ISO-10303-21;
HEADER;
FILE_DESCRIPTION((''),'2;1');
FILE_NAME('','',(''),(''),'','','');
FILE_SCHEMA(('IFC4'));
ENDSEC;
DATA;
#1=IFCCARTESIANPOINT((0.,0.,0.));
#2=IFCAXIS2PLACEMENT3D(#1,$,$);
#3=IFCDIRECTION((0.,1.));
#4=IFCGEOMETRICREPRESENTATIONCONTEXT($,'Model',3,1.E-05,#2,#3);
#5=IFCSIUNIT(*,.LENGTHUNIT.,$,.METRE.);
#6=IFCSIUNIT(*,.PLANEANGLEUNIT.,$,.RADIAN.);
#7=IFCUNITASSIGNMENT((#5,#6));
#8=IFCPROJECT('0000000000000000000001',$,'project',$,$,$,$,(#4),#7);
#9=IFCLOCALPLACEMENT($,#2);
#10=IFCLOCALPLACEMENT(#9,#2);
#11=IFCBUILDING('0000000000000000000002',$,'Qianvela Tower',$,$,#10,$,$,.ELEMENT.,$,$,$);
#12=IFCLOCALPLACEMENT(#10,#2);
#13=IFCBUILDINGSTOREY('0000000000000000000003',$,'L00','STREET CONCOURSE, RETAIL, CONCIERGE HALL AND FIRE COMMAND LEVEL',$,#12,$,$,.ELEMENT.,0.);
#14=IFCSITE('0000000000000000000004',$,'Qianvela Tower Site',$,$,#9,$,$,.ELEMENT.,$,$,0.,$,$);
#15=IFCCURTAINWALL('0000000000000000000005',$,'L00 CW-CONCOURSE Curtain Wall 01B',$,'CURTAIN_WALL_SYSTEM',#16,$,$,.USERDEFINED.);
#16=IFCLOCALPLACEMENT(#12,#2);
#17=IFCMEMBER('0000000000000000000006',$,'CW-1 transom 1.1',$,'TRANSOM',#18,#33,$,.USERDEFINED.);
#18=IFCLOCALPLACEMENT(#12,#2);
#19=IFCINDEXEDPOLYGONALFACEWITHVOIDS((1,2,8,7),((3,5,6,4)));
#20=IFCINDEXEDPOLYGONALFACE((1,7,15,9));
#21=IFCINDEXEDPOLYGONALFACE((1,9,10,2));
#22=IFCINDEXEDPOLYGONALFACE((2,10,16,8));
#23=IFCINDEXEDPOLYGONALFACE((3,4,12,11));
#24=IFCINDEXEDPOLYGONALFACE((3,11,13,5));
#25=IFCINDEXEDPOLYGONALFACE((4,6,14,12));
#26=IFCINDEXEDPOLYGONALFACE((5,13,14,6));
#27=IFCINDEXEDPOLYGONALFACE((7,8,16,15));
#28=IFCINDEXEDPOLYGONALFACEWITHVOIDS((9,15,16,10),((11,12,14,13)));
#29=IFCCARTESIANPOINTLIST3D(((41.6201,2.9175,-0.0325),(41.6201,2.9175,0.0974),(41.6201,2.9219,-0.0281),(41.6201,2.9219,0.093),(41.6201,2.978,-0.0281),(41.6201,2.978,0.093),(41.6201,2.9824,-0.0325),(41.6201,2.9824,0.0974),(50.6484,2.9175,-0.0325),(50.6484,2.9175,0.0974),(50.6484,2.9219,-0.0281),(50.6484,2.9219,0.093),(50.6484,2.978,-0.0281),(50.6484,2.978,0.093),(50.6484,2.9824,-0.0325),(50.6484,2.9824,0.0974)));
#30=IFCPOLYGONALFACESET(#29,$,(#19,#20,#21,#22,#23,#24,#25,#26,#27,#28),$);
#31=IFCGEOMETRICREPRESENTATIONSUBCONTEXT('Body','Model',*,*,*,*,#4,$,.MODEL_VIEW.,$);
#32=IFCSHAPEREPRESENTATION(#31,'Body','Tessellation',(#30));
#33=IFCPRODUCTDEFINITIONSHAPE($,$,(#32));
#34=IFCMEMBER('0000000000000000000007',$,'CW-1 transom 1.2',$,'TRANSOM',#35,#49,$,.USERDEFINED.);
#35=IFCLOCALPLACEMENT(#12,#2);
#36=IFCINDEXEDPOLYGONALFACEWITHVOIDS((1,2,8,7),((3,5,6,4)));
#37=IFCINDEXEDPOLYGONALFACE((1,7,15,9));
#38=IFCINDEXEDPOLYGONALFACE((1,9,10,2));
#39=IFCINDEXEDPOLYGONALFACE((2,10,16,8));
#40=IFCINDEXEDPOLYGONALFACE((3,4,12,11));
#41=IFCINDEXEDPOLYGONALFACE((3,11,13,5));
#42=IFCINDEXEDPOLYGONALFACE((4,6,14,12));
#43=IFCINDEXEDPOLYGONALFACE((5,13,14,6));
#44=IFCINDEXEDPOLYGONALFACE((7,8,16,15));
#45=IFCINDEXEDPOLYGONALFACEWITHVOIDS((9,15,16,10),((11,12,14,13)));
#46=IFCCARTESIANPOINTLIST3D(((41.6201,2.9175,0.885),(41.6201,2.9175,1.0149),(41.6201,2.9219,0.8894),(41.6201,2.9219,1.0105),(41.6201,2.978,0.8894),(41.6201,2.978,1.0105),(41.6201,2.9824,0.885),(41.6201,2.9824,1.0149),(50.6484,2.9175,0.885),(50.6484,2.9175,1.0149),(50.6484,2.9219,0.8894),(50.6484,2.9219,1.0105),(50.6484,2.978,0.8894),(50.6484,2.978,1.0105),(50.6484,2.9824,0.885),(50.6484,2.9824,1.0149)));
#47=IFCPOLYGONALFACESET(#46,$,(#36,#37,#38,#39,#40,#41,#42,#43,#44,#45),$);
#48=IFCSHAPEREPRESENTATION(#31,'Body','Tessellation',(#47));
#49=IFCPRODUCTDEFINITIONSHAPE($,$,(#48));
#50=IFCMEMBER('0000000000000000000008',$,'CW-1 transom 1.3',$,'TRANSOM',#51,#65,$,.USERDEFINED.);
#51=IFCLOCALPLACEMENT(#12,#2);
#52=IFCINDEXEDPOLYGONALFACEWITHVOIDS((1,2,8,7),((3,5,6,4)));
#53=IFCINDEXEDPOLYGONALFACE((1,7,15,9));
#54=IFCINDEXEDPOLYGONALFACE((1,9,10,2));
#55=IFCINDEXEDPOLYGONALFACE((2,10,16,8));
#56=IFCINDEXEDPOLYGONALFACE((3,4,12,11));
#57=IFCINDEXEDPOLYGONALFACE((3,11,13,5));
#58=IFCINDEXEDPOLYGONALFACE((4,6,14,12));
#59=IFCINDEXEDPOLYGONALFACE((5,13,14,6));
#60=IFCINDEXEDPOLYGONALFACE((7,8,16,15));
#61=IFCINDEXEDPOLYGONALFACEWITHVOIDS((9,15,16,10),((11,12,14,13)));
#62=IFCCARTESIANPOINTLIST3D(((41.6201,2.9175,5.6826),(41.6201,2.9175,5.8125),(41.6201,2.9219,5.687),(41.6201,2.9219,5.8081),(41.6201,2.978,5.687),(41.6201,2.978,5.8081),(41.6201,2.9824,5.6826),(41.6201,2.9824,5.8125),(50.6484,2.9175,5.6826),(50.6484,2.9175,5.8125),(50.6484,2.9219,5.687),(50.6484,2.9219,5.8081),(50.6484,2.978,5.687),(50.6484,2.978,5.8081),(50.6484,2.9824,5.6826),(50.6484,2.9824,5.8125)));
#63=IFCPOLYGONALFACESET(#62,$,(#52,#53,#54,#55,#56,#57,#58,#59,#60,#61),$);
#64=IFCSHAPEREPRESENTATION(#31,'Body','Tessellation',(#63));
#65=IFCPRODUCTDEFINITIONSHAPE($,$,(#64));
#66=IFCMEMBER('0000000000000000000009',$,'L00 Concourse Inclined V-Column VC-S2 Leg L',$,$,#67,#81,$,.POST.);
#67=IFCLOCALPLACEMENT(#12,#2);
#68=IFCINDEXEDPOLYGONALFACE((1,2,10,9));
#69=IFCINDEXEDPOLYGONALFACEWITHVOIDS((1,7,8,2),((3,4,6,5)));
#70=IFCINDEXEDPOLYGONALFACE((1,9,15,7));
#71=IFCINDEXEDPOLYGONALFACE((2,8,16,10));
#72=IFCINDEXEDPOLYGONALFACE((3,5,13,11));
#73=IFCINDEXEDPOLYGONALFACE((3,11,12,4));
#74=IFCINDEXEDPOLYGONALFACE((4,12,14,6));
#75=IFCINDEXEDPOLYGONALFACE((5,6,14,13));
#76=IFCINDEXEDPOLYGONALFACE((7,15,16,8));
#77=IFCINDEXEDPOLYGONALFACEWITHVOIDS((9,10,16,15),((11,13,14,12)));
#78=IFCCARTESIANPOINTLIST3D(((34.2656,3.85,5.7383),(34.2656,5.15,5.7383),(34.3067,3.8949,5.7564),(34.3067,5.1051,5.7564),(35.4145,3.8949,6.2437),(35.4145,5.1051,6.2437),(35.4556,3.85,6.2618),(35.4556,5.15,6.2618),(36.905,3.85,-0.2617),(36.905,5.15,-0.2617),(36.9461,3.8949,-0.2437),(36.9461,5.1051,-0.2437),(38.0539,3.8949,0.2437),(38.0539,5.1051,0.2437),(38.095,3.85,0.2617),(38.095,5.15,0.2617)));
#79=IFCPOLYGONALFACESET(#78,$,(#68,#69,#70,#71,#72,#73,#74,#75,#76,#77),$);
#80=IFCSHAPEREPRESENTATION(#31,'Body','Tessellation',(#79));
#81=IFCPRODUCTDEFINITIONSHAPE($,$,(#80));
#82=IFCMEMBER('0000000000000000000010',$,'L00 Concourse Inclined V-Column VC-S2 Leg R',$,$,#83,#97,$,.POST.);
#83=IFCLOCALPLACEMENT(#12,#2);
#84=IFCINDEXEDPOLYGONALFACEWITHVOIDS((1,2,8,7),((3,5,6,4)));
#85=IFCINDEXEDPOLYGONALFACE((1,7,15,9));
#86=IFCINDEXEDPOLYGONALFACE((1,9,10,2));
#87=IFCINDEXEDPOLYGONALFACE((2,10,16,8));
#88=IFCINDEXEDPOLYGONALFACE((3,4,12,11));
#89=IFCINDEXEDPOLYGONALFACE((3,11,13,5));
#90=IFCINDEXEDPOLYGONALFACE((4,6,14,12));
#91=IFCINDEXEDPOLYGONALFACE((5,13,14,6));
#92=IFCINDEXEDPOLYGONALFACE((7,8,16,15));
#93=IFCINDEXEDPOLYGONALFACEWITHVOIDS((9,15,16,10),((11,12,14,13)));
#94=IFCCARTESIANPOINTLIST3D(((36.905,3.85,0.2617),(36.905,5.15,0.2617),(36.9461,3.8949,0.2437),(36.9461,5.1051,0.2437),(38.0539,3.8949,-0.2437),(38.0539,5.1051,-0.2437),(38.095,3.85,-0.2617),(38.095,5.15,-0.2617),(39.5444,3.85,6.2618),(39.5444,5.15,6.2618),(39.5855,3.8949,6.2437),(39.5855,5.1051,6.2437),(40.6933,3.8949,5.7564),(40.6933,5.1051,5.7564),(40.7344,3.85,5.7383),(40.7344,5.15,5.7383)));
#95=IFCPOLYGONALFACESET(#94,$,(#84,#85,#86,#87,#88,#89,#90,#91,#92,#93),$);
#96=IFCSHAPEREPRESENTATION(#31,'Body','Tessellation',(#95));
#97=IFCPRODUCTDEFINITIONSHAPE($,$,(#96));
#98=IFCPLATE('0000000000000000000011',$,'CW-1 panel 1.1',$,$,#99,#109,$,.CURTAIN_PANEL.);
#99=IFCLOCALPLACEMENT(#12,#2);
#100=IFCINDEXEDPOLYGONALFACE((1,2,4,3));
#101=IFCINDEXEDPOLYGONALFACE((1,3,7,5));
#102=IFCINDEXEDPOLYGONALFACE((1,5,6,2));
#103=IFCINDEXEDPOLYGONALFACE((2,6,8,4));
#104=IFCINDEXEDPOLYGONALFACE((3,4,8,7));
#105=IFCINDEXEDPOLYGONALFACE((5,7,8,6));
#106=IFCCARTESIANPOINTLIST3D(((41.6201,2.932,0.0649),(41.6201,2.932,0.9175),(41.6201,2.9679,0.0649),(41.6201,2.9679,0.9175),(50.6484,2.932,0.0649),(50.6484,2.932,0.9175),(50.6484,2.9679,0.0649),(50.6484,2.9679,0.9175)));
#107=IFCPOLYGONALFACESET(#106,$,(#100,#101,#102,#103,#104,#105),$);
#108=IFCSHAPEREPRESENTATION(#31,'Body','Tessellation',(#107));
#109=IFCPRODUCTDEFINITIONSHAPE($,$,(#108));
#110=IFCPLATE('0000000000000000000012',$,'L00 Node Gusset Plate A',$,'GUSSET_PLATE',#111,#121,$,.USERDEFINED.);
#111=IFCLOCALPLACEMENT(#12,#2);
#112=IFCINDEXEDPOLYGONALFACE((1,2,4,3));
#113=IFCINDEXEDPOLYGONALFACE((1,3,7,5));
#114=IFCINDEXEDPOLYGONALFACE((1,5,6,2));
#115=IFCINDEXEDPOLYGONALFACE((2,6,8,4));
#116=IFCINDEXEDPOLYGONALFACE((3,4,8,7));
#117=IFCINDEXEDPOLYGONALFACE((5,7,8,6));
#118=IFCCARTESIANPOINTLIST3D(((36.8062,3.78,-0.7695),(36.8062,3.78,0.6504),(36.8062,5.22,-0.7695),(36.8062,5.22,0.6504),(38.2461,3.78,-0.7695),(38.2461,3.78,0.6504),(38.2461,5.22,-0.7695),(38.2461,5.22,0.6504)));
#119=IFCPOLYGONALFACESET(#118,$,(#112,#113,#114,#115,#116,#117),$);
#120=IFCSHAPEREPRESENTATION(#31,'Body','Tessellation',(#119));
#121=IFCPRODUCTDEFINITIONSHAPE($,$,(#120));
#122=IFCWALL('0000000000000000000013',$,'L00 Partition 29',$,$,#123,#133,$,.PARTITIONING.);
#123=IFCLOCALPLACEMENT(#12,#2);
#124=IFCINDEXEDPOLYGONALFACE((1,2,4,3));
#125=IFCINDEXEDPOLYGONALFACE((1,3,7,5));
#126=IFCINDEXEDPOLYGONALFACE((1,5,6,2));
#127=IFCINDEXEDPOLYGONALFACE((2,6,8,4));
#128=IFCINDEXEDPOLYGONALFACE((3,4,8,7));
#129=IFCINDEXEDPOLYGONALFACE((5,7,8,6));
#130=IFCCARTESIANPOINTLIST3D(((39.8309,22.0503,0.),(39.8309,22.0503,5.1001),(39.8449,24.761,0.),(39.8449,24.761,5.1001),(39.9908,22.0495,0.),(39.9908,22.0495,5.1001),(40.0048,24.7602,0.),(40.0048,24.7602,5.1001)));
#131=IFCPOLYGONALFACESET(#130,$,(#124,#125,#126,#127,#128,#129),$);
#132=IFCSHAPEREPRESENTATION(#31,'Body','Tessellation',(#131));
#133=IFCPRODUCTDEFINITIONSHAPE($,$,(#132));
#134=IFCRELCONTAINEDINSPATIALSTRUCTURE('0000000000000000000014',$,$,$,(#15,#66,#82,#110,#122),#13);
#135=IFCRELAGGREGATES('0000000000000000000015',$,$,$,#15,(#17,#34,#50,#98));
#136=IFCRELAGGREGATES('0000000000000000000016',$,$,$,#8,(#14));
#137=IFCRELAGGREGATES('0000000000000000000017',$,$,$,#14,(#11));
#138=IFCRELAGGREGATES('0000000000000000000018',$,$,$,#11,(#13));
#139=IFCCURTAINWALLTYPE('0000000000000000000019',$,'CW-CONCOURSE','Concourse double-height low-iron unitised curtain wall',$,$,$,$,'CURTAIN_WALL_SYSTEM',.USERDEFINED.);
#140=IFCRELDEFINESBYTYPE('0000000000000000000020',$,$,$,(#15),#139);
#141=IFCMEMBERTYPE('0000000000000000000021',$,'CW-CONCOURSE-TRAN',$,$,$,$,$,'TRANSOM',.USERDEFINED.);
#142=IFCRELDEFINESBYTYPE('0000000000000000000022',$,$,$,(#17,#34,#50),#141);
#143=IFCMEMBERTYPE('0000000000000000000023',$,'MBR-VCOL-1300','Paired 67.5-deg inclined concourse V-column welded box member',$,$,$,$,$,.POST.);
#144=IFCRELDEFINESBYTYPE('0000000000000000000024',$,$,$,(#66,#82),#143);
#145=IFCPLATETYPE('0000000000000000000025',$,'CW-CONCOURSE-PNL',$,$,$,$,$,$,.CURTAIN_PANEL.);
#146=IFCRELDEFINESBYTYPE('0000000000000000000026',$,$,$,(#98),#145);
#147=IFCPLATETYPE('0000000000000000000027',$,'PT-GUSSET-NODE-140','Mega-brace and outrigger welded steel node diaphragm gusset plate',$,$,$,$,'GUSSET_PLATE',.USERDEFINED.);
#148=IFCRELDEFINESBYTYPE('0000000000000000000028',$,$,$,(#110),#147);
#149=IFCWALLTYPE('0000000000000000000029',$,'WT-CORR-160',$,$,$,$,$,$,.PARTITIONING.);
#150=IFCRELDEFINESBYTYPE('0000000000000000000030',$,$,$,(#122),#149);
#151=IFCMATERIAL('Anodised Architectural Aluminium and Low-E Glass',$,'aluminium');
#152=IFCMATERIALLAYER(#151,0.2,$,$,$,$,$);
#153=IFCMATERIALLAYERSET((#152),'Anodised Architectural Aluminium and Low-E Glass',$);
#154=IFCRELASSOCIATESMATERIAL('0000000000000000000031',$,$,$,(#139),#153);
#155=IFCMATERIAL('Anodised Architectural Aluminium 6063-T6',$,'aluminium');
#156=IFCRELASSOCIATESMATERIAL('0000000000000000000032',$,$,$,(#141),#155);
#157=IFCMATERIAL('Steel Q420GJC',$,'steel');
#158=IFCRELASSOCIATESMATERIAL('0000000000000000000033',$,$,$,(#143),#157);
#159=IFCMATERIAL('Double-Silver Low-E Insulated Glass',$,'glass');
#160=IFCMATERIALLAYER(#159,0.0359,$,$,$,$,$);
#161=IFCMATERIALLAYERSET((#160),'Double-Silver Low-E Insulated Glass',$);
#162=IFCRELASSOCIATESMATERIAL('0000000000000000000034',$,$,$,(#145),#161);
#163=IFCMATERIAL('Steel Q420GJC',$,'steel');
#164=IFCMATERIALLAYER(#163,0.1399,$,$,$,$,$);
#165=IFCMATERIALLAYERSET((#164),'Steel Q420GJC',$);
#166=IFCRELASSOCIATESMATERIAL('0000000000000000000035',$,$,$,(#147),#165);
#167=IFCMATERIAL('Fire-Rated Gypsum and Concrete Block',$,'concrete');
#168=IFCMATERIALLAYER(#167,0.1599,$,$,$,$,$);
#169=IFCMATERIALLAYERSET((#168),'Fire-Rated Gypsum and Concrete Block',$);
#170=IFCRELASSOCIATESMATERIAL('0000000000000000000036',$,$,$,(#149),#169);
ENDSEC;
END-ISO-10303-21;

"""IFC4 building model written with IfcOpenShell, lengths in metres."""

from ifc_helpers import new_model, si_unit, direction, frame, frame_2d, origin, origin_2d, place, context, subcontext, project, spatial, rectangle, hollow_rectangle, extrude, material, layer, layer_set, material_profile, profile_set, type_object, element, aggregate, save


model = new_model("IFC4")

# Units and contexts
model_context = context("Model", 3, precision=1e-05, world=origin(), true_north=direction((0.0, 1.0)))
body_context = subcontext(model_context, "Body", "Model", "MODEL_VIEW")
ifc_project = project(units=[si_unit("LENGTHUNIT", "METRE"), si_unit("PLANEANGLEUNIT", "RADIAN")], contexts=[model_context])

# Site, building, storey
site_placement = place(None, origin())
site = spatial("IfcSite", under=ifc_project, at=site_placement, Name="Qianvela Tower Site", CompositionType="ELEMENT", RefElevation=0.0)
building_placement = place(site_placement, origin())
building = spatial("IfcBuilding", under=site, at=building_placement, Name="Qianvela Tower", CompositionType="ELEMENT")
storey_placement = place(building_placement, origin())
storey = spatial("IfcBuildingStorey", under=building, at=storey_placement, Name="L00", Description="STREET CONCOURSE, RETAIL, CONCIERGE HALL AND FIRE COMMAND LEVEL", CompositionType="ELEMENT", Elevation=0.0)

# Shared definitions
ifc_material_1 = material(Name="Anodised Architectural Aluminium and Low-E Glass", Category="aluminium")
ifc_layer_1 = layer(ifc_material_1, 0.2)
ifc_layer_set_1 = layer_set([ifc_layer_1], Name="Anodised Architectural Aluminium and Low-E Glass")
curtain_wall_type = type_object("IfcCurtainWallType", Name="CW-CONCOURSE", Description="Concourse double-height low-iron unitised curtain wall", ElementType="CURTAIN_WALL_SYSTEM", PredefinedType="USERDEFINED", material=ifc_layer_set_1)

# Curtain wall, members
curtain_wall_1_placement = place(storey_placement, origin())
curtain_wall_1 = element("IfcCurtainWall", 1, at=curtain_wall_1_placement, inside=storey, type_object=curtain_wall_type, Name="L00 CW-CONCOURSE Curtain Wall 01B", ObjectType="CURTAIN_WALL_SYSTEM", PredefinedType="USERDEFINED")
ifc_material_2 = material(Name="Anodised Architectural Aluminium 6063-T6", Category="aluminium")
ifc_material_profile_1 = material_profile(ifc_material_2, hollow_rectangle(XDim=0.0649, YDim=0.1299, WallThickness=0.0044, at=origin_2d()), Name="ALU-TRAN-65x130")
ifc_profile_set_1 = profile_set([ifc_material_profile_1], Name="Anodised Architectural Aluminium 6063-T6")
member_type_1 = type_object("IfcMemberType", Name="CW-CONCOURSE-TRAN", ElementType="TRANSOM", PredefinedType="USERDEFINED", material=ifc_profile_set_1)
member_1_placement = place(storey_placement, frame((41.6201, 2.95, 0.0325), z_axis=(1.0, 0.0, 0.0), x_axis=(0.0, 1.0, 0.0)))
member_1 = element("IfcMember", 2, at=member_1_placement, type_object=member_type_1, Name="CW-1 transom 1.1", ObjectType="TRANSOM", PredefinedType="USERDEFINED", context=body_context, shape_type="SweptSolid", body=[
    extrude(hollow_rectangle(XDim=0.0649, YDim=0.1299, WallThickness=0.0044, at=origin_2d()), origin(), (0.0, 0.0, 1.0), 9.0283),
])
member_2_placement = place(storey_placement, frame((41.6201, 2.95, 0.95), z_axis=(1.0, 0.0, 0.0), x_axis=(0.0, 1.0, 0.0)))
member_2 = element("IfcMember", 3, at=member_2_placement, type_object=member_type_1, Name="CW-1 transom 1.2", ObjectType="TRANSOM", PredefinedType="USERDEFINED", context=body_context, shape_type="SweptSolid", body=[
    extrude(hollow_rectangle(XDim=0.0649, YDim=0.1299, WallThickness=0.0044, at=origin_2d()), origin(), (0.0, 0.0, 1.0), 9.0283),
])
member_3_placement = place(storey_placement, frame((41.6201, 2.95, 5.7476), z_axis=(1.0, 0.0, 0.0), x_axis=(0.0, 1.0, 0.0)))
member_3 = element("IfcMember", 4, at=member_3_placement, type_object=member_type_1, Name="CW-1 transom 1.3", ObjectType="TRANSOM", PredefinedType="USERDEFINED", context=body_context, shape_type="SweptSolid", body=[
    extrude(hollow_rectangle(XDim=0.0649, YDim=0.1299, WallThickness=0.0044, at=origin_2d()), origin(), (0.0, 0.0, 1.0), 9.0283),
])

# Members
ifc_material_3 = material(Name="Steel Q420GJC", Category="steel")
ifc_material_profile_2 = material_profile(ifc_material_3, hollow_rectangle(XDim=1.3, YDim=1.3, WallThickness=0.0449, at=origin_2d()), Name="VBOX-1300x1300x45")
ifc_profile_set_2 = profile_set([ifc_material_profile_2], Name="Steel Q420GJC")
member_type_2 = type_object("IfcMemberType", Name="MBR-VCOL-1300", Description="Paired 67.5-deg inclined concourse V-column welded box member", PredefinedType="POST", material=ifc_profile_set_2)
for number, where, z_axis, x_axis, name in (
    (5, (37.5, 4.5, 0.0), (-0.402662, 0.0, 0.915349), (0.0, -1.0, 0.0), "L00 Concourse Inclined V-Column VC-S2 Leg L"),
    (6, (37.5, 4.5, 0.0), (0.402662, 0.0, 0.915349), (0.0, 1.0, 0.0), "L00 Concourse Inclined V-Column VC-S2 Leg R"),
):
    element("IfcMember", number, at=place(storey_placement, frame(where, z_axis=z_axis, x_axis=x_axis)), inside=storey, type_object=member_type_2, Name=name, PredefinedType="POST", context=body_context, shape_type="SweptSolid", body=[
        extrude(hollow_rectangle(XDim=1.3, YDim=1.3, WallThickness=0.0449, at=origin_2d()), origin(), (0.0, 0.0, 1.0), 6.5549),
    ])

# Plates
ifc_material_4 = material(Name="Double-Silver Low-E Insulated Glass", Category="glass")
ifc_layer_2 = layer(ifc_material_4, 0.0359)
ifc_layer_set_2 = layer_set([ifc_layer_2], Name="Double-Silver Low-E Insulated Glass")
plate_type_1 = type_object("IfcPlateType", Name="CW-CONCOURSE-PNL", PredefinedType="CURTAIN_PANEL", material=ifc_layer_set_2)
plate_1_placement = place(storey_placement, frame((46.1343, 2.95, 0.0649), z_axis=(0.0, 0.0, 1.0), x_axis=(1.0, 0.0, 0.0)))
plate_1 = element("IfcPlate", 7, at=plate_1_placement, type_object=plate_type_1, Name="CW-1 panel 1.1", PredefinedType="CURTAIN_PANEL", context=body_context, shape_type="SweptSolid", body=[
    extrude(rectangle(XDim=9.0283, YDim=0.0359, at=origin_2d()), origin(), (0.0, 0.0, 1.0), 0.8525),
])
aggregate(curtain_wall_1, [member_1, member_2, member_3, plate_1])
ifc_material_5 = material(Name="Steel Q420GJC", Category="steel")
ifc_layer_3 = layer(ifc_material_5, 0.1399)
ifc_layer_set_3 = layer_set([ifc_layer_3], Name="Steel Q420GJC")
plate_type_2 = type_object("IfcPlateType", Name="PT-GUSSET-NODE-140", Description="Mega-brace and outrigger welded steel node diaphragm gusset plate", ElementType="GUSSET_PLATE", PredefinedType="USERDEFINED", material=ifc_layer_set_3)
plate_2_placement = place(storey_placement, frame((37.5261, 4.5, -0.7695), z_axis=(0.0, 0.0, 1.0), x_axis=(1.0, 0.0, 0.0)))
element("IfcPlate", 8, at=plate_2_placement, inside=storey, type_object=plate_type_2, Name="L00 Node Gusset Plate A", ObjectType="GUSSET_PLATE", PredefinedType="USERDEFINED", context=body_context, shape_type="SweptSolid", body=[
    extrude(rectangle(XDim=1.4399, YDim=1.4399, at=origin_2d()), origin(), (0.0, 0.0, 1.0), 1.4199),
])

# Shared definitions
ifc_material_6 = material(Name="Fire-Rated Gypsum and Concrete Block", Category="concrete")
ifc_layer_4 = layer(ifc_material_6, 0.1599)
ifc_layer_set_4 = layer_set([ifc_layer_4], Name="Fire-Rated Gypsum and Concrete Block")
wall_type_1 = type_object("IfcWallType", Name="WT-CORR-160", PredefinedType="PARTITIONING", material=ifc_layer_set_4)

# Wall
wall_1_placement = place(storey_placement, frame((39.9109, 22.0498, 0.0), z_axis=(0.0, 0.0, 1.0), x_axis=(0.005134, 0.999987, 0.0)))
element("IfcWall", 9, at=wall_1_placement, inside=storey, type_object=wall_type_1, Name="L00 Partition 29", PredefinedType="PARTITIONING", context=body_context, shape_type="SweptSolid", body=[
    extrude(rectangle(XDim=2.7107, YDim=0.1599, at=frame_2d((1.3555, 0.0))), origin(), (0.0, 0.0, 1.0), 5.1001),
])

save(model, "model.ifc")
